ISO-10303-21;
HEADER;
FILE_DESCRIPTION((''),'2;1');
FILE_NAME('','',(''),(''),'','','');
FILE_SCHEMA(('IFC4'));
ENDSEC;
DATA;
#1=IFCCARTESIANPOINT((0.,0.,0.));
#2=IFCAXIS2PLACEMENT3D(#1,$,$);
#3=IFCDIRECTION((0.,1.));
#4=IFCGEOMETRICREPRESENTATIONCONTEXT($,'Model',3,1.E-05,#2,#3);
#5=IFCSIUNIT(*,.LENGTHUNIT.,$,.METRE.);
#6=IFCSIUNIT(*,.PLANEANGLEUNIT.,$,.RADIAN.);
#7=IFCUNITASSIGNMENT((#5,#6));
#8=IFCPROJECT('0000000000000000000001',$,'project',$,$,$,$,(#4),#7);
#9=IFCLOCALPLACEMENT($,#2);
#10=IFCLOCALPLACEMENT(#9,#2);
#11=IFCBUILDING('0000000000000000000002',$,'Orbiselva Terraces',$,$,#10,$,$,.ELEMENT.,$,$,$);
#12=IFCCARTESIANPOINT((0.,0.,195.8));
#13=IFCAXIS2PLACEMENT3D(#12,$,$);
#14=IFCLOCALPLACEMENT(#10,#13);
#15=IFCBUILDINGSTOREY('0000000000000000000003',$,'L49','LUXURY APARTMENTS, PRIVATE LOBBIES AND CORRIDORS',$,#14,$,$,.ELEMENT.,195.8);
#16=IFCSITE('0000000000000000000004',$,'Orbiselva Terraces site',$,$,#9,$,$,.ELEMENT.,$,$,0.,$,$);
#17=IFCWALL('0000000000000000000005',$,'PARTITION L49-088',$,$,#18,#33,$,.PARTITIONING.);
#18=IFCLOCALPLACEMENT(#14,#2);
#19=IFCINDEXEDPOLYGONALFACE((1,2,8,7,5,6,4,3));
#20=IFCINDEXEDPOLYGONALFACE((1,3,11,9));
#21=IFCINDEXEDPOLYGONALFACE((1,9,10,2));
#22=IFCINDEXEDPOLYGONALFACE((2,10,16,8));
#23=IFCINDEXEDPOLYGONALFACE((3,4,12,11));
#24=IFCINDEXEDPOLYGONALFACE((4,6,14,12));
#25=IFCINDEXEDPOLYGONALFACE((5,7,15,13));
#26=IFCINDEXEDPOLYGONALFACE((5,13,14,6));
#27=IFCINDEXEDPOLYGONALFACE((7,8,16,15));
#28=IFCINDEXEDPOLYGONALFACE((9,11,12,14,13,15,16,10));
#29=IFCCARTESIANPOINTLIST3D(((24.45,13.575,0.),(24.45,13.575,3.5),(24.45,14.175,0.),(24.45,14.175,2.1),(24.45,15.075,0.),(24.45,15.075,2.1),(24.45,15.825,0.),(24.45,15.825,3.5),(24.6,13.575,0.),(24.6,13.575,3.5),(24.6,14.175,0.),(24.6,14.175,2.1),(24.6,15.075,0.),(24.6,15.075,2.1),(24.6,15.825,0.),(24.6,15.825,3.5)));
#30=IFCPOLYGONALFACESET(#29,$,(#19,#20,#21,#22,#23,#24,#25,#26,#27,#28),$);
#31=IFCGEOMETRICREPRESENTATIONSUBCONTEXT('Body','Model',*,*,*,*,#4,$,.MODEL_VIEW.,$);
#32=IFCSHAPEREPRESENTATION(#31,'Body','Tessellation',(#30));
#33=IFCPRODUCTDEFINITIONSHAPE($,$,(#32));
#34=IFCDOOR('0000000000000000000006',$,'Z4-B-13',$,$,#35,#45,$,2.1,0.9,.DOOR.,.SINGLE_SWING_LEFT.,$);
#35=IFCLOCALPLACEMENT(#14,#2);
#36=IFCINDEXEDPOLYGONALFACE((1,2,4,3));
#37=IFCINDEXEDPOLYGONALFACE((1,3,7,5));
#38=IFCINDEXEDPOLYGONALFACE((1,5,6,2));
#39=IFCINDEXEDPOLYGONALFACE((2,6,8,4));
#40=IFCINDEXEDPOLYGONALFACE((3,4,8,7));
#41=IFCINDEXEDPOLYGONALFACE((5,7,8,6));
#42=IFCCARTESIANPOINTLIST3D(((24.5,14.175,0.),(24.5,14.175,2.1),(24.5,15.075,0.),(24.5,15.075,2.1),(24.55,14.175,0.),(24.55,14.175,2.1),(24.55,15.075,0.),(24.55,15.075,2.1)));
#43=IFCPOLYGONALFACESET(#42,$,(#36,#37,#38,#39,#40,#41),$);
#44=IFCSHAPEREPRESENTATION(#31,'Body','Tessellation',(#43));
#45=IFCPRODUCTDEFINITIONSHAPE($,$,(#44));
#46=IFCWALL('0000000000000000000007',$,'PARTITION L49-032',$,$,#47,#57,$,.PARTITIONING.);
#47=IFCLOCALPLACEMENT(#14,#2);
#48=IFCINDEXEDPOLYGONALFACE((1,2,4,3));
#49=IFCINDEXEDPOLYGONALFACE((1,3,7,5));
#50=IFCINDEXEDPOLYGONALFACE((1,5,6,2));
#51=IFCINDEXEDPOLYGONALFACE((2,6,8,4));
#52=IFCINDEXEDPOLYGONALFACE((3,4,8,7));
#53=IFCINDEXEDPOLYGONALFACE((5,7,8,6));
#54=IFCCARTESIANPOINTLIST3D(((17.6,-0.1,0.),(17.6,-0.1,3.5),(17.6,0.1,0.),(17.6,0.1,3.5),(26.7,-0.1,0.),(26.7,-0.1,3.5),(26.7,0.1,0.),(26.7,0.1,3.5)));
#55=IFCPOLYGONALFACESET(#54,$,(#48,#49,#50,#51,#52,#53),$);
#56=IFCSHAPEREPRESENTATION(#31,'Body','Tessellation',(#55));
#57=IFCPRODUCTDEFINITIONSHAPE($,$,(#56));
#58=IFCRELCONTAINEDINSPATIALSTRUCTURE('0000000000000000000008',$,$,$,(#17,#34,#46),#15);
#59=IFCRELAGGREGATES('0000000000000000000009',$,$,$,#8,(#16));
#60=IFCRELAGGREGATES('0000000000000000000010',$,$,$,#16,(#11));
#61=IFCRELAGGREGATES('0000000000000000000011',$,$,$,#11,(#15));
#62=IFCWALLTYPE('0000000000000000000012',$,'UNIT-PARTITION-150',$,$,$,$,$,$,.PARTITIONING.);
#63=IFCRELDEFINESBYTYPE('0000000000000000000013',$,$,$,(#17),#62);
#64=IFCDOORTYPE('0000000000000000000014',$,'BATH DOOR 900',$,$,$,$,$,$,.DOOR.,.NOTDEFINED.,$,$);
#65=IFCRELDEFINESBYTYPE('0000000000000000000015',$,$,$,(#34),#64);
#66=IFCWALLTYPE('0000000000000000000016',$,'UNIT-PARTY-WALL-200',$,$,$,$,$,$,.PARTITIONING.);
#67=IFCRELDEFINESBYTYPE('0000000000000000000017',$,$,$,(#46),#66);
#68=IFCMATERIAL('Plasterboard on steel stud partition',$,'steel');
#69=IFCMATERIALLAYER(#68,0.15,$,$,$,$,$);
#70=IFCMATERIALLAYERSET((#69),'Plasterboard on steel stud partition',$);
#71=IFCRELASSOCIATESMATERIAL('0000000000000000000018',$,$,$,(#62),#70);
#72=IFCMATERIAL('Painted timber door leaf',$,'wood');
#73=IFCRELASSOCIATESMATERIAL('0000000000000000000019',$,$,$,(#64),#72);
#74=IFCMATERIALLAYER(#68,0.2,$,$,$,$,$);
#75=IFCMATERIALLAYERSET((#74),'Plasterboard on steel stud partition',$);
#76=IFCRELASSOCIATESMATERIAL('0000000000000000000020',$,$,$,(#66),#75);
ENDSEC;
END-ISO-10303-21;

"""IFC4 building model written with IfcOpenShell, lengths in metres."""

from ifc_helpers import new_model, si_unit, direction, frame, frame_2d, origin, place, context, subcontext, project, spatial, rectangle, extrude, material, layer, layer_set, type_object, element, fill, save


model = new_model("IFC4")

# Units and contexts
model_context = context("Model", 3, precision=1e-05, world=origin(), true_north=direction((0.0, 1.0)))
body_context = subcontext(model_context, "Body", "Model", "MODEL_VIEW")
ifc_project = project(units=[si_unit("LENGTHUNIT", "METRE"), si_unit("PLANEANGLEUNIT", "RADIAN")], contexts=[model_context])

# Site, building, storey
site_placement = place(None, origin())
site = spatial("IfcSite", under=ifc_project, at=site_placement, Name="Orbiselva Terraces site", CompositionType="ELEMENT", RefElevation=0.0)
building_placement = place(site_placement, origin())
building = spatial("IfcBuilding", under=site, at=building_placement, Name="Orbiselva Terraces", CompositionType="ELEMENT")
storey_placement = place(building_placement, frame((0.0, 0.0, 195.8)))
storey = spatial("IfcBuildingStorey", under=building, at=storey_placement, Name="L49", Description="LUXURY APARTMENTS, PRIVATE LOBBIES AND CORRIDORS", CompositionType="ELEMENT", Elevation=195.8)

# Shared definitions
ifc_material_1 = material(Name="Plasterboard on steel stud partition", Category="steel")
ifc_material_2 = material(Name="Painted timber door leaf", Category="wood")

# Shared definitions
ifc_layer_1 = layer(ifc_material_1, 0.15)
ifc_layer_set_1 = layer_set([ifc_layer_1], Name="Plasterboard on steel stud partition")
wall_type_1 = type_object("IfcWallType", Name="UNIT-PARTITION-150", PredefinedType="PARTITIONING", material=ifc_layer_set_1)
door_type_1 = type_object("IfcDoorType", Name="BATH DOOR 900", OperationType="NOTDEFINED", PredefinedType="DOOR", material=ifc_material_2)

# Wall, opening, door
wall_1_placement = place(storey_placement, frame((24.525, 13.575, 0.0), z_axis=(0.0, 0.0, 1.0), x_axis=(0.0, 1.0, 0.0)))
wall_1 = element("IfcWall", 1, at=wall_1_placement, inside=storey, type_object=wall_type_1, Name="PARTITION L49-088", PredefinedType="PARTITIONING", context=body_context, shape_type="SweptSolid", body=[
    extrude(rectangle(XDim=2.25, YDim=0.15, at=frame_2d((1.125, 0.0))), origin(), (0.0, 0.0, 1.0), 3.5),
])
opening_1_placement = place(wall_1_placement, frame((0.6, 0.0, 0.0)))
opening_1 = element("IfcOpeningElement", 2, at=opening_1_placement, cuts=wall_1, PredefinedType="OPENING", context=body_context, shape_type="SweptSolid", body=[
    extrude(rectangle(XDim=0.9, YDim=2.1, at=frame_2d((0.45, 1.05))), frame((0.0, 0.085, 0.0), z_axis=(0.0, -1.0, 0.0), x_axis=(1.0, 0.0, 0.0)), (0.0, 0.0, 1.0), 0.17),
])
door_1_placement = place(opening_1_placement, origin())
door_1 = element("IfcDoor", 3, at=door_1_placement, inside=storey, type_object=door_type_1, Name="Z4-B-13", OperationType="SINGLE_SWING_LEFT", OverallHeight=2.1, OverallWidth=0.9, PredefinedType="DOOR", context=body_context, shape_type="SweptSolid", body=[
    extrude(rectangle(XDim=0.9, YDim=2.1, at=frame_2d((0.45, 1.05))), frame((0.0, 0.025, 0.0), z_axis=(0.0, -1.0, 0.0), x_axis=(1.0, 0.0, 0.0)), (0.0, 0.0, 1.0), 0.05),
])
fill(opening_1, door_1)

# Wall
ifc_layer_2 = layer(ifc_material_1, 0.2)
ifc_layer_set_2 = layer_set([ifc_layer_2], Name="Plasterboard on steel stud partition")
wall_type_2 = type_object("IfcWallType", Name="UNIT-PARTY-WALL-200", PredefinedType="PARTITIONING", material=ifc_layer_set_2)
wall_2_placement = place(storey_placement, frame((17.6, 0.0, 0.0), z_axis=(0.0, 0.0, 1.0), x_axis=(1.0, 0.0, 0.0)))
element("IfcWall", 4, at=wall_2_placement, inside=storey, type_object=wall_type_2, Name="PARTITION L49-032", PredefinedType="PARTITIONING", context=body_context, shape_type="SweptSolid", body=[
    extrude(rectangle(XDim=9.1, YDim=0.2, at=frame_2d((4.55, 0.0))), origin(), (0.0, 0.0, 1.0), 3.5),
])

save(model, "model.ifc")
